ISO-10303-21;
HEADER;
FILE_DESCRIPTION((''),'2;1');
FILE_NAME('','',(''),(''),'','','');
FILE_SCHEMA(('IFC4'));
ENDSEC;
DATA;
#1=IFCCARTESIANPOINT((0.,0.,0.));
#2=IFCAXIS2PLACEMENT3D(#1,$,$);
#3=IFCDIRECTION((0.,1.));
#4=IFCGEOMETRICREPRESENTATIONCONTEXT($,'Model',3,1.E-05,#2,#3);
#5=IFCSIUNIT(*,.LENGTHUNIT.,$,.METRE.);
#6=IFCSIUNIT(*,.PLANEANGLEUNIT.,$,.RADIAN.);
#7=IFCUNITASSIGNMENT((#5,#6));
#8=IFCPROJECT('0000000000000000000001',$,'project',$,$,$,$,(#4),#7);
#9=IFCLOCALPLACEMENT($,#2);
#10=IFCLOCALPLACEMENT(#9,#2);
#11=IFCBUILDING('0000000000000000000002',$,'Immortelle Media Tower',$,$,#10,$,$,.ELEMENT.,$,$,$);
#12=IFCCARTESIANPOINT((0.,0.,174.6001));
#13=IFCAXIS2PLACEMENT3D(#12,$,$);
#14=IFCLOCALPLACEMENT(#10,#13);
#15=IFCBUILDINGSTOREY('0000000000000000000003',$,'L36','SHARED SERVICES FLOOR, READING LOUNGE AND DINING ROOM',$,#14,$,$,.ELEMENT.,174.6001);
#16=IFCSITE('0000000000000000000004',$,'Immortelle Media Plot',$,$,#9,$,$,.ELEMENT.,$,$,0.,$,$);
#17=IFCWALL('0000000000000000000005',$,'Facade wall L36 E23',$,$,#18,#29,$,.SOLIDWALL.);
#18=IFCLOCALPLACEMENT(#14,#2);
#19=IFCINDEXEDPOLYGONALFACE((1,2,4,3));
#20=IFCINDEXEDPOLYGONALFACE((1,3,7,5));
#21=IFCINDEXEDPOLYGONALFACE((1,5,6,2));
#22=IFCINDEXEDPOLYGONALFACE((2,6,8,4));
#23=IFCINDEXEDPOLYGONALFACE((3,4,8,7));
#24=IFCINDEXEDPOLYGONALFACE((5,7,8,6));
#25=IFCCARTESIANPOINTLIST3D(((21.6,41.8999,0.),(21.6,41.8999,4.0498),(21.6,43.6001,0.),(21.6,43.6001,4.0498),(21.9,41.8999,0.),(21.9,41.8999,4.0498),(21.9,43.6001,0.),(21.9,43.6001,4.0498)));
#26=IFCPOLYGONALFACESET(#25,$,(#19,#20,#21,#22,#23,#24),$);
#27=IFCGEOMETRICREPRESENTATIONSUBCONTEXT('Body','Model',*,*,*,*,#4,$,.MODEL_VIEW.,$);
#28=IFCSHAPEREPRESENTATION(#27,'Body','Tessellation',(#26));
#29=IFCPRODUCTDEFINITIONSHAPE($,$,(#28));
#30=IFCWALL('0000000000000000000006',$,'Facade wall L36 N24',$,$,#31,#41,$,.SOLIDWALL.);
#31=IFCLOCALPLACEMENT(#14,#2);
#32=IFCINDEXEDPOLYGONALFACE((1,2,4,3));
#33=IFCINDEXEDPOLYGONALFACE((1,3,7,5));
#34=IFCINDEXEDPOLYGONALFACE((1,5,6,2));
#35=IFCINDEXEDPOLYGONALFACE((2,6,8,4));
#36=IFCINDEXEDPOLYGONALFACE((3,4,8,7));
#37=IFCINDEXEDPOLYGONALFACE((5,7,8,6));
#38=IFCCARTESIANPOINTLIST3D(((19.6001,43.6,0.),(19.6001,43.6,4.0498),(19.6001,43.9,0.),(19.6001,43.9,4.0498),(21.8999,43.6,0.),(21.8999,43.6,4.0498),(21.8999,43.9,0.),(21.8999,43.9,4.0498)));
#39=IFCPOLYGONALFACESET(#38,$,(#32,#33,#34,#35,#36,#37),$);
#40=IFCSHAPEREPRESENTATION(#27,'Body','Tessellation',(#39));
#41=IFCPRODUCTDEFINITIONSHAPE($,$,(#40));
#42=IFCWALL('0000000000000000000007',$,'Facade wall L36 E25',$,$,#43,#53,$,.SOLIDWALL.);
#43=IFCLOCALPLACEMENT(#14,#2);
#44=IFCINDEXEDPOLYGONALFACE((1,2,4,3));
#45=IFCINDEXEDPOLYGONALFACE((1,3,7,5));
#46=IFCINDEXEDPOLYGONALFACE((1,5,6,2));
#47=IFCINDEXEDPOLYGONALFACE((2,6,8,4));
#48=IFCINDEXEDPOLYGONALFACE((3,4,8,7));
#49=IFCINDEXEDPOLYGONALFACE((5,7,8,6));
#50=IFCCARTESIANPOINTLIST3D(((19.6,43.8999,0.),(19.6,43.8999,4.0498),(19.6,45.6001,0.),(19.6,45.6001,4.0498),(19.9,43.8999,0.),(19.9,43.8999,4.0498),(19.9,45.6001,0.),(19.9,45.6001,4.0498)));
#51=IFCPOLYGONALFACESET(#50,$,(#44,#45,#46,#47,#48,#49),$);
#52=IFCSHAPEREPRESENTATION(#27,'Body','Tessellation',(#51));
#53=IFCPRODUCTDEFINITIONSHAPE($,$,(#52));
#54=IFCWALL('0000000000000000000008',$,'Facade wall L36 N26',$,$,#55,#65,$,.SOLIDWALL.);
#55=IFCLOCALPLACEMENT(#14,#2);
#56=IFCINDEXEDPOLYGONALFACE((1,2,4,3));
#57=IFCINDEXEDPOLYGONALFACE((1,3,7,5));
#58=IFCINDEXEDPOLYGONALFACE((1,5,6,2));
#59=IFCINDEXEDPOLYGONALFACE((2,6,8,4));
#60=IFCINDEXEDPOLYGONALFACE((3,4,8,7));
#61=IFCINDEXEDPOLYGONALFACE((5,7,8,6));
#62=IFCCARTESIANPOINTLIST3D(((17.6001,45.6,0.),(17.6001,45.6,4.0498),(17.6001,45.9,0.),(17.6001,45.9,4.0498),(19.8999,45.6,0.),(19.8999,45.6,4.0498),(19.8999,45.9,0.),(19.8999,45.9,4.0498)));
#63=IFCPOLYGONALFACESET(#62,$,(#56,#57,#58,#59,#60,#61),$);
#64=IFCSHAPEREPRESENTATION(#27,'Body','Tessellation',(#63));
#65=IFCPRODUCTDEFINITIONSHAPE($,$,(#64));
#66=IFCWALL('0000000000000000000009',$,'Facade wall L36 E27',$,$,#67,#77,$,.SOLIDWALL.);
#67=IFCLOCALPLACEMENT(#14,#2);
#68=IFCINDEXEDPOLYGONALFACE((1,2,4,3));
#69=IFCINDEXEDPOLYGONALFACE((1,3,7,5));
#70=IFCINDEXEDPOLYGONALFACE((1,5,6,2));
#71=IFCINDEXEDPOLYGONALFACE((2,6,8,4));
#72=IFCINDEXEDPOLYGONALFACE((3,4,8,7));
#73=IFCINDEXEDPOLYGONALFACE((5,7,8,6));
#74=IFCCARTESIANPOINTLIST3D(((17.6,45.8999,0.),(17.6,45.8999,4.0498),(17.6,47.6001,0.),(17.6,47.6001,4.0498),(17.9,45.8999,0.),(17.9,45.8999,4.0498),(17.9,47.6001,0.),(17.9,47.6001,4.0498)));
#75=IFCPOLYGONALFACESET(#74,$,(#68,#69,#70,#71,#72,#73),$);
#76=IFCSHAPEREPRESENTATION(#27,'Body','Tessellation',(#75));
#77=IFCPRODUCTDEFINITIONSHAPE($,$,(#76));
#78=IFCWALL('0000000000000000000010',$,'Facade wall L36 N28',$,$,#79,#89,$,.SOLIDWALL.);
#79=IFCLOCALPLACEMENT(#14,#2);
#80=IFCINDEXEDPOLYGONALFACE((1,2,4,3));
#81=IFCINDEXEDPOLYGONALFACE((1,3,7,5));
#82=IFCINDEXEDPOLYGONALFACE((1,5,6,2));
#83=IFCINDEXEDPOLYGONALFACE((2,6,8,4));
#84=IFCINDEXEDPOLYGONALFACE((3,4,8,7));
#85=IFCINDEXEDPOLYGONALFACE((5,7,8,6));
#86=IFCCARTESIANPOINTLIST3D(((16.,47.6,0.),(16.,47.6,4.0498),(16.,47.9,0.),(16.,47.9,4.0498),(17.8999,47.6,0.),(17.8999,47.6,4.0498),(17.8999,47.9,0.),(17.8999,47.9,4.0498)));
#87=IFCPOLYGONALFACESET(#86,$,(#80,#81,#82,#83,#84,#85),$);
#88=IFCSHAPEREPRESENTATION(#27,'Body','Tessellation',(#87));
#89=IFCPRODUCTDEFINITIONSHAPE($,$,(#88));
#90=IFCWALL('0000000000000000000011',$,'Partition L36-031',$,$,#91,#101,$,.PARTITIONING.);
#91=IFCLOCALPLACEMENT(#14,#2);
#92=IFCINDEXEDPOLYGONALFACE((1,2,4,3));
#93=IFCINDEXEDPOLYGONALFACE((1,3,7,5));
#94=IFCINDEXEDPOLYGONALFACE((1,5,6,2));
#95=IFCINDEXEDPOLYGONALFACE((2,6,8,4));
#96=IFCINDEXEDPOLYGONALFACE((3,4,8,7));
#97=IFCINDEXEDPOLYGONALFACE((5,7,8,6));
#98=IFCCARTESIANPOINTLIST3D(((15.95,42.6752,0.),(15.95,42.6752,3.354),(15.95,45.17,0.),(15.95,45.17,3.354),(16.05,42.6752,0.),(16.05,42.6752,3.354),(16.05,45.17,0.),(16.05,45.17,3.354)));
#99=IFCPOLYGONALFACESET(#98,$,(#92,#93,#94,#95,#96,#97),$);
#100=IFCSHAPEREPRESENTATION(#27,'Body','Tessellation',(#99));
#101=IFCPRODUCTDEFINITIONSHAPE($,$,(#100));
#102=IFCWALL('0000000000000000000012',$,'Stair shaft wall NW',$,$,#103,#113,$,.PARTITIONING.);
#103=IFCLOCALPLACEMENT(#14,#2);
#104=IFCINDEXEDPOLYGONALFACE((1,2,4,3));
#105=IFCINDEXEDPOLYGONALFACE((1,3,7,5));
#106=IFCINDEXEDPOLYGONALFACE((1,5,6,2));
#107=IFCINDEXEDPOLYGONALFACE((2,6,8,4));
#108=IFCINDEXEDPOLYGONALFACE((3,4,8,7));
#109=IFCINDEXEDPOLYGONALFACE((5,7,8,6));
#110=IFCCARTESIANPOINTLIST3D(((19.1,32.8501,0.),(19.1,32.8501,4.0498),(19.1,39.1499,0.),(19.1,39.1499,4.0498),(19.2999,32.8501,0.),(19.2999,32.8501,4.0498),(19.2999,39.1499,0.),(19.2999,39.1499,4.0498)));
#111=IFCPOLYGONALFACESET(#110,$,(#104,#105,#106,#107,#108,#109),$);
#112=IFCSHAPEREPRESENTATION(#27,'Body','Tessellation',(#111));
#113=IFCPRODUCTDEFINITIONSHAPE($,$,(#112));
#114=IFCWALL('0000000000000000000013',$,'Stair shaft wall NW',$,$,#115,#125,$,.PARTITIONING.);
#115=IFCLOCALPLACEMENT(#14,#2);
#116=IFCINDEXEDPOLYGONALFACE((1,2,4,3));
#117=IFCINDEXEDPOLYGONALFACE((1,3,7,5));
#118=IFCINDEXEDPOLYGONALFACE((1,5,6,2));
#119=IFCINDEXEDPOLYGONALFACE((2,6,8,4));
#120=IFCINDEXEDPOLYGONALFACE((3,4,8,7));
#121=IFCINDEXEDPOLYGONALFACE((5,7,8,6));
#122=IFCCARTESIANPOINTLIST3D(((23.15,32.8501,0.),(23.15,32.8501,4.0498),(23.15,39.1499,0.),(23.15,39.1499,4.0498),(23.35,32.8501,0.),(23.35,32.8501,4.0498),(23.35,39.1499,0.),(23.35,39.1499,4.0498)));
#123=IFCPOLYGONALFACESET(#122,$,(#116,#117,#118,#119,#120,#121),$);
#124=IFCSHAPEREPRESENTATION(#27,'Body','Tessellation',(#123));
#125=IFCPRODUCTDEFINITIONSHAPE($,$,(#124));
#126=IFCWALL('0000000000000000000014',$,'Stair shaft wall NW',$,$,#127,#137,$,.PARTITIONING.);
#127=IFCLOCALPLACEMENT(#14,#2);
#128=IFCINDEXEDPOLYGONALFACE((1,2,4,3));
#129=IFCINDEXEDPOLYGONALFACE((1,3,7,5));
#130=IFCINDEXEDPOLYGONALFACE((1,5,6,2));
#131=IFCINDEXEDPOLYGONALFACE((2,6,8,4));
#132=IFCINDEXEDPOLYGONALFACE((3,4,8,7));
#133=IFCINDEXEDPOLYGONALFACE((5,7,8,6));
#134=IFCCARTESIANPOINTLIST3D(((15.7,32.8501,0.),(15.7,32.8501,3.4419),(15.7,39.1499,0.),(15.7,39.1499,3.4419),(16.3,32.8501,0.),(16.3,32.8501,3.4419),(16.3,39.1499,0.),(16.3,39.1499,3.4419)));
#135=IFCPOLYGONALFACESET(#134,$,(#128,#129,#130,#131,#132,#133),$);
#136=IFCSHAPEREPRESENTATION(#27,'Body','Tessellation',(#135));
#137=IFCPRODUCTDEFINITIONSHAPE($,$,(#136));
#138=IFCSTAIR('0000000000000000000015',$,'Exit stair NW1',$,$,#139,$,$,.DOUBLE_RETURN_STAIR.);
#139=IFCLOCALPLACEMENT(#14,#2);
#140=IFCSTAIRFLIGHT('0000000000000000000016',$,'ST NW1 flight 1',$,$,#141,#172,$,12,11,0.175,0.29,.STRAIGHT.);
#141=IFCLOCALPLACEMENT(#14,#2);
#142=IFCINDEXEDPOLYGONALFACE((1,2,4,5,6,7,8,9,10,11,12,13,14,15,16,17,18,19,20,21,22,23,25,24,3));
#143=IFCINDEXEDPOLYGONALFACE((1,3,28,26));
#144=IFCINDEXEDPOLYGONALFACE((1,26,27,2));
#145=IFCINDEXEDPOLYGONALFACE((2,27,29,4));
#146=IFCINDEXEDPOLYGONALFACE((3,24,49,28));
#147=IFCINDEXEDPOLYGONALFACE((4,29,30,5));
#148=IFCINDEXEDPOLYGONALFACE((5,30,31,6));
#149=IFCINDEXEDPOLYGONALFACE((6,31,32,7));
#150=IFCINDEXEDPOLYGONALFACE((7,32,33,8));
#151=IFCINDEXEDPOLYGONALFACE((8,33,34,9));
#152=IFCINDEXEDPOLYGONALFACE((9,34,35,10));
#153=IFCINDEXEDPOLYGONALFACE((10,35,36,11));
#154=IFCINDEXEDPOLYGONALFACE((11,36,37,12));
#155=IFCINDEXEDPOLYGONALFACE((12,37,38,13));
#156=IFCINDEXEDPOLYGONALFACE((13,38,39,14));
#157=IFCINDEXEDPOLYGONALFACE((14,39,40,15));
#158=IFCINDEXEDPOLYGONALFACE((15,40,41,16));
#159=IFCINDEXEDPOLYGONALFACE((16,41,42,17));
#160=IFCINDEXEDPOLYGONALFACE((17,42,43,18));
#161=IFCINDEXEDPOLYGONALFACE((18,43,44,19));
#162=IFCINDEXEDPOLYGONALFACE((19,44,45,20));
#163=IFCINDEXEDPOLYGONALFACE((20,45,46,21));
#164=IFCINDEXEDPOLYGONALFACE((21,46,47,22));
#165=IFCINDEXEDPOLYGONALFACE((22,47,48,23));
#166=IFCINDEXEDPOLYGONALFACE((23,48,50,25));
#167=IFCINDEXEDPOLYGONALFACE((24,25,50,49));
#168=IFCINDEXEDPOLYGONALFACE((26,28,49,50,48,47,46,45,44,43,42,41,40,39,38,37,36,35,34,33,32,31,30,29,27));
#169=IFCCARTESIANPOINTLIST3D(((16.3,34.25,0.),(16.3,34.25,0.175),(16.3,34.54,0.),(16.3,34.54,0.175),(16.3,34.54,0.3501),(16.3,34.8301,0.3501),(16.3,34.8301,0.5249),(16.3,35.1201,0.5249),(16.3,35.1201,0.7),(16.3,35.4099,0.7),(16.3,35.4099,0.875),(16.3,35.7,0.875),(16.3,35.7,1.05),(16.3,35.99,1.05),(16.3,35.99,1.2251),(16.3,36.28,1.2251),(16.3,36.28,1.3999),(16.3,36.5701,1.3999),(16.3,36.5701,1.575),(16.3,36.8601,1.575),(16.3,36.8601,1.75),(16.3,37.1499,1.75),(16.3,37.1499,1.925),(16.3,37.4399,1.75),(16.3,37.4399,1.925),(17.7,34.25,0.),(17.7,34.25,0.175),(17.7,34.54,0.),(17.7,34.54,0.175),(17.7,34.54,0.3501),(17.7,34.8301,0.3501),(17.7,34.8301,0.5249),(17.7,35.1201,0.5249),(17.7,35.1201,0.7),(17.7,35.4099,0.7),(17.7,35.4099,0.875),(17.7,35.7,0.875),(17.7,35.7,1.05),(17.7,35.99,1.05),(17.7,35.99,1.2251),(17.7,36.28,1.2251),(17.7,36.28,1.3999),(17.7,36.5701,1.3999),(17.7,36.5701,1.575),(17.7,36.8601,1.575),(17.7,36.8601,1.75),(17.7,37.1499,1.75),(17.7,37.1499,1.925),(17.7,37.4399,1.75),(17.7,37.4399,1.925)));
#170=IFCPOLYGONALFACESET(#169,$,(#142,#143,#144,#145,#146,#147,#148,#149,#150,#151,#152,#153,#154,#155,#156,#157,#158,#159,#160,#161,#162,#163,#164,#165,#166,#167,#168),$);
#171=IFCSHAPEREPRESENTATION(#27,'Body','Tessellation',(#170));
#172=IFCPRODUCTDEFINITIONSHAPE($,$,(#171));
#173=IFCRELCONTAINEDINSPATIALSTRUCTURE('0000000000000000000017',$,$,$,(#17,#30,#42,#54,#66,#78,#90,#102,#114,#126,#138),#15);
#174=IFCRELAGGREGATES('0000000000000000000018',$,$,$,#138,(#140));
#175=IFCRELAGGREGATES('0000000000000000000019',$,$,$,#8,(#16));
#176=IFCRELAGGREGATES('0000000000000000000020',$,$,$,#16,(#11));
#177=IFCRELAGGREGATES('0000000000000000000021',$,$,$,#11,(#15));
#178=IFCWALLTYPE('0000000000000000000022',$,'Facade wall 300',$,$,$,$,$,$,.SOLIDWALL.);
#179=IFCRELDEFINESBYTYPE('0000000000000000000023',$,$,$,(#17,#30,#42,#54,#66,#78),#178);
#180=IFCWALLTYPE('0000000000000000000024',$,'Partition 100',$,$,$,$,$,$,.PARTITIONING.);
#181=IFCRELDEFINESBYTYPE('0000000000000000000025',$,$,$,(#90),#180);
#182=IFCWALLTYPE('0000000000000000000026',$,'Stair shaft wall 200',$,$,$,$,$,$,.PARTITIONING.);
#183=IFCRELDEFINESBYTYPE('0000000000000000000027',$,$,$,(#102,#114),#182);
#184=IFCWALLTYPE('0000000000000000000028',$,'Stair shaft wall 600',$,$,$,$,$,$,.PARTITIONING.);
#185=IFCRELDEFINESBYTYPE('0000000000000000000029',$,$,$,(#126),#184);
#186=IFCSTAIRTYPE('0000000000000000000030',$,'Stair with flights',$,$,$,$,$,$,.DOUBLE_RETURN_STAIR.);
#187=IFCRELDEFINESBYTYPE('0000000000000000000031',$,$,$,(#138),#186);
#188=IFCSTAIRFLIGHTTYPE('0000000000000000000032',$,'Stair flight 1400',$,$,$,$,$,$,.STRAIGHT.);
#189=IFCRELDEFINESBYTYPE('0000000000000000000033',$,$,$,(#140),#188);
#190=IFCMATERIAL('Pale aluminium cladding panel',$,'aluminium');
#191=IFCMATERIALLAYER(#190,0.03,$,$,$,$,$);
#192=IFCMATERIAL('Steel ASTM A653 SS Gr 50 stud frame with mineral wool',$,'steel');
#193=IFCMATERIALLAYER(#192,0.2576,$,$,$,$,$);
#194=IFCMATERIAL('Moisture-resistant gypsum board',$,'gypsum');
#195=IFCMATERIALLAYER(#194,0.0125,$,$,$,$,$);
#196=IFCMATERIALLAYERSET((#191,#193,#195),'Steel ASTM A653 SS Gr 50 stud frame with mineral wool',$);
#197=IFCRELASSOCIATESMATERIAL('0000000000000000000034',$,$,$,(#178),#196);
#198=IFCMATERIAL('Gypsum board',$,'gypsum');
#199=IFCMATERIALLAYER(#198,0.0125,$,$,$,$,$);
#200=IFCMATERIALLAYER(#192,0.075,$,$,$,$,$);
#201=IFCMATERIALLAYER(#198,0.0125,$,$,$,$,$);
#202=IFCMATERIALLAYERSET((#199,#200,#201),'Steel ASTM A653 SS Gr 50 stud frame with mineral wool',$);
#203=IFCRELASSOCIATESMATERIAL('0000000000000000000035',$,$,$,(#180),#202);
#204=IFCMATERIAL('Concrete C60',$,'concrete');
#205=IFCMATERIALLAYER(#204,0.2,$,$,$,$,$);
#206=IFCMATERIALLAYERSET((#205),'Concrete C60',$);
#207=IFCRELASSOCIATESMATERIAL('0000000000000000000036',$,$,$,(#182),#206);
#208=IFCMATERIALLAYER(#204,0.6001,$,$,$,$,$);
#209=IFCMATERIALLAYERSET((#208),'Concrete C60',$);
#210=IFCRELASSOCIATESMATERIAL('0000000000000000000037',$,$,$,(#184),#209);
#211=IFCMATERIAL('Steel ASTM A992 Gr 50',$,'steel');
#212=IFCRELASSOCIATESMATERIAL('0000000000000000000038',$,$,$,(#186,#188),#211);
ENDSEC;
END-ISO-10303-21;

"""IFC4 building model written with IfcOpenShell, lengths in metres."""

from ifc_helpers import new_model, si_unit, direction, frame, frame_2d, origin, place, context, subcontext, project, spatial, polyline, rectangle, outline, extrude, material, layer, layer_set, type_object, element, aggregate, save


model = new_model("IFC4")

# Units and contexts
model_context = context("Model", 3, precision=1e-05, world=origin(), true_north=direction((0.0, 1.0)))
body_context = subcontext(model_context, "Body", "Model", "MODEL_VIEW")
ifc_project = project(units=[si_unit("LENGTHUNIT", "METRE"), si_unit("PLANEANGLEUNIT", "RADIAN")], contexts=[model_context])

# Site, building, storey
site_placement = place(None, origin())
site = spatial("IfcSite", under=ifc_project, at=site_placement, Name="Immortelle Media Plot", CompositionType="ELEMENT", RefElevation=0.0)
building_placement = place(site_placement, origin())
building = spatial("IfcBuilding", under=site, at=building_placement, Name="Immortelle Media Tower", CompositionType="ELEMENT")
storey_placement = place(building_placement, frame((0.0, 0.0, 174.6001)))
storey = spatial("IfcBuildingStorey", under=building, at=storey_placement, Name="L36", Description="SHARED SERVICES FLOOR, READING LOUNGE AND DINING ROOM", CompositionType="ELEMENT", Elevation=174.6001)

# Shared definitions
ifc_material_1 = material(Name="Steel ASTM A992 Gr 50", Category="steel")

# Walls
ifc_material_2 = material(Name="Pale aluminium cladding panel", Category="aluminium")
ifc_layer_1 = layer(ifc_material_2, 0.03)
ifc_material_3 = material(Name="Steel ASTM A653 SS Gr 50 stud frame with mineral wool", Category="steel")
ifc_layer_2 = layer(ifc_material_3, 0.2576)
ifc_material_4 = material(Name="Moisture-resistant gypsum board", Category="gypsum")
ifc_layer_3 = layer(ifc_material_4, 0.0125)
ifc_layer_set_1 = layer_set([ifc_layer_1, ifc_layer_2, ifc_layer_3], Name="Steel ASTM A653 SS Gr 50 stud frame with mineral wool")
wall_type_1 = type_object("IfcWallType", Name="Facade wall 300", PredefinedType="SOLIDWALL", material=ifc_layer_set_1)
wall_1_placement = place(storey_placement, frame((21.75, 41.8999, 0.0), z_axis=(0.0, 0.0, 1.0), x_axis=(0.0, 1.0, 0.0)))
element("IfcWall", 1, at=wall_1_placement, inside=storey, type_object=wall_type_1, Name="Facade wall L36 E23", PredefinedType="SOLIDWALL", context=body_context, shape_type="SweptSolid", body=[
    extrude(rectangle(XDim=1.7002, YDim=0.3, at=frame_2d((0.8501, 0.0))), origin(), (0.0, 0.0, 1.0), 4.0498),
])
wall_2_placement = place(storey_placement, frame((21.8999, 43.75, 0.0), z_axis=(0.0, 0.0, 1.0), x_axis=(-1.0, 0.0, 0.0)))
element("IfcWall", 2, at=wall_2_placement, inside=storey, type_object=wall_type_1, Name="Facade wall L36 N24", PredefinedType="SOLIDWALL", context=body_context, shape_type="SweptSolid", body=[
    extrude(rectangle(XDim=2.2998, YDim=0.3, at=frame_2d((1.1499, 0.0))), origin(), (0.0, 0.0, 1.0), 4.0498),
])
wall_3_placement = place(storey_placement, frame((19.75, 43.8999, 0.0), z_axis=(0.0, 0.0, 1.0), x_axis=(0.0, 1.0, 0.0)))
element("IfcWall", 3, at=wall_3_placement, inside=storey, type_object=wall_type_1, Name="Facade wall L36 E25", PredefinedType="SOLIDWALL", context=body_context, shape_type="SweptSolid", body=[
    extrude(rectangle(XDim=1.7002, YDim=0.3, at=frame_2d((0.8501, 0.0))), origin(), (0.0, 0.0, 1.0), 4.0498),
])
wall_4_placement = place(storey_placement, frame((19.8999, 45.75, 0.0), z_axis=(0.0, 0.0, 1.0), x_axis=(-1.0, 0.0, 0.0)))
element("IfcWall", 4, at=wall_4_placement, inside=storey, type_object=wall_type_1, Name="Facade wall L36 N26", PredefinedType="SOLIDWALL", context=body_context, shape_type="SweptSolid", body=[
    extrude(rectangle(XDim=2.2998, YDim=0.3, at=frame_2d((1.1499, 0.0))), origin(), (0.0, 0.0, 1.0), 4.0498),
])
wall_5_placement = place(storey_placement, frame((17.75, 45.8999, 0.0), z_axis=(0.0, 0.0, 1.0), x_axis=(0.0, 1.0, 0.0)))
element("IfcWall", 5, at=wall_5_placement, inside=storey, type_object=wall_type_1, Name="Facade wall L36 E27", PredefinedType="SOLIDWALL", context=body_context, shape_type="SweptSolid", body=[
    extrude(rectangle(XDim=1.7002, YDim=0.3, at=frame_2d((0.8501, 0.0))), origin(), (0.0, 0.0, 1.0), 4.0498),
])
wall_6_placement = place(storey_placement, frame((17.8999, 47.75, 0.0), z_axis=(0.0, 0.0, 1.0), x_axis=(-1.0, 0.0, 0.0)))
element("IfcWall", 6, at=wall_6_placement, inside=storey, type_object=wall_type_1, Name="Facade wall L36 N28", PredefinedType="SOLIDWALL", context=body_context, shape_type="SweptSolid", body=[
    extrude(rectangle(XDim=1.8999, YDim=0.3, at=frame_2d((0.95, 0.0))), origin(), (0.0, 0.0, 1.0), 4.0498),
])
ifc_material_5 = material(Name="Gypsum board", Category="gypsum")
ifc_layer_4 = layer(ifc_material_5, 0.0125)
ifc_layer_5 = layer(ifc_material_3, 0.075)
ifc_layer_6 = layer(ifc_material_5, 0.0125)
ifc_layer_set_2 = layer_set([ifc_layer_4, ifc_layer_5, ifc_layer_6], Name="Steel ASTM A653 SS Gr 50 stud frame with mineral wool")
wall_type_2 = type_object("IfcWallType", Name="Partition 100", PredefinedType="PARTITIONING", material=ifc_layer_set_2)
wall_7_placement = place(storey_placement, frame((16.0, 42.675, 0.0), z_axis=(0.0, 0.0, 1.0), x_axis=(0.0, 1.0, 0.0)))
element("IfcWall", 7, at=wall_7_placement, inside=storey, type_object=wall_type_2, Name="Partition L36-031", PredefinedType="PARTITIONING", context=body_context, shape_type="SweptSolid", body=[
    extrude(rectangle(XDim=2.4949, YDim=0.1001, at=frame_2d((1.2476, 0.0))), origin(), (0.0, 0.0, 1.0), 3.354),
])
ifc_material_6 = material(Name="Concrete C60", Category="concrete")
ifc_layer_7 = layer(ifc_material_6, 0.2)
ifc_layer_set_3 = layer_set([ifc_layer_7], Name="Concrete C60")
wall_type_3 = type_object("IfcWallType", Name="Stair shaft wall 200", PredefinedType="PARTITIONING", material=ifc_layer_set_3)
for number, where, z_axis, x_axis, name in (
    (8, (19.2, 32.8501, 0.0), (0.0, 0.0, 1.0), (0.0, 1.0, 0.0), "Stair shaft wall NW"),
    (9, (23.25, 32.8501, 0.0), (0.0, 0.0, 1.0), (0.0, 1.0, 0.0), "Stair shaft wall NW"),
):
    element("IfcWall", number, at=place(storey_placement, frame(where, z_axis=z_axis, x_axis=x_axis)), inside=storey, type_object=wall_type_3, Name=name, PredefinedType="PARTITIONING", context=body_context, shape_type="SweptSolid", body=[
        extrude(rectangle(XDim=6.2998, YDim=0.2, at=frame_2d((3.1499, 0.0))), origin(), (0.0, 0.0, 1.0), 4.0498),
    ])
ifc_layer_8 = layer(ifc_material_6, 0.6001)
ifc_layer_set_4 = layer_set([ifc_layer_8], Name="Concrete C60")
wall_type_4 = type_object("IfcWallType", Name="Stair shaft wall 600", PredefinedType="PARTITIONING", material=ifc_layer_set_4)
wall_8_placement = place(storey_placement, frame((16.0, 32.8501, 0.0), z_axis=(0.0, 0.0, 1.0), x_axis=(0.0, 1.0, 0.0)))
element("IfcWall", 10, at=wall_8_placement, inside=storey, type_object=wall_type_4, Name="Stair shaft wall NW", PredefinedType="PARTITIONING", context=body_context, shape_type="SweptSolid", body=[
    extrude(rectangle(XDim=6.2998, YDim=0.6001, at=frame_2d((3.1499, 0.0))), origin(), (0.0, 0.0, 1.0), 3.4419),
])

# Stair, stair flight
stair_type = type_object("IfcStairType", Name="Stair with flights", PredefinedType="DOUBLE_RETURN_STAIR", material=ifc_material_1)
stair_1_placement = place(storey_placement, origin())
stair_1 = element("IfcStair", 11, at=stair_1_placement, inside=storey, type_object=stair_type, Name="Exit stair NW1", PredefinedType="DOUBLE_RETURN_STAIR")
stair_flight_type = type_object("IfcStairFlightType", Name="Stair flight 1400", PredefinedType="STRAIGHT", material=ifc_material_1)
stair_flight_1_placement = place(storey_placement, frame((17.0, 34.25, 0.0), z_axis=(0.0, 0.0, 1.0), x_axis=(0.0, 1.0, 0.0)))
stair_flight_1 = element("IfcStairFlight", 12, at=stair_flight_1_placement, type_object=stair_flight_type, Name="ST NW1 flight 1", NumberOfRisers=12, NumberOfTreads=11, PredefinedType="STRAIGHT", RiserHeight=0.175, TreadLength=0.29, context=body_context, shape_type="SweptSolid", body=[
    extrude(outline(polyline([(0.0, 0.0), (0.0, 0.175), (0.29, 0.175), (0.29, 0.3501), (0.5801, 0.3501), (0.5801, 0.5249), (0.8701, 0.5249), (0.8701, 0.7), (1.1599, 0.7), (1.1599, 0.875), (1.45, 0.875), (1.45, 1.05), (1.74, 1.05), (1.74, 1.2251), (2.03, 1.2251), (2.03, 1.3999), (2.3201, 1.3999), (2.3201, 1.575), (2.6101, 1.575), (2.6101, 1.75), (2.8999, 1.75), (2.8999, 1.925), (3.1899, 1.925), (3.1899, 2.1001), (3.1899, 1.75), (0.29, 0.0), (0.0, 0.0)])), frame((0.0, 0.7, 0.0), z_axis=(0.0, -1.0, 0.0), x_axis=(1.0, 0.0, 0.0)), (0.0, 0.0, 1.0), 1.3999),
])
aggregate(stair_1, [stair_flight_1])

save(model, "model.ifc")
